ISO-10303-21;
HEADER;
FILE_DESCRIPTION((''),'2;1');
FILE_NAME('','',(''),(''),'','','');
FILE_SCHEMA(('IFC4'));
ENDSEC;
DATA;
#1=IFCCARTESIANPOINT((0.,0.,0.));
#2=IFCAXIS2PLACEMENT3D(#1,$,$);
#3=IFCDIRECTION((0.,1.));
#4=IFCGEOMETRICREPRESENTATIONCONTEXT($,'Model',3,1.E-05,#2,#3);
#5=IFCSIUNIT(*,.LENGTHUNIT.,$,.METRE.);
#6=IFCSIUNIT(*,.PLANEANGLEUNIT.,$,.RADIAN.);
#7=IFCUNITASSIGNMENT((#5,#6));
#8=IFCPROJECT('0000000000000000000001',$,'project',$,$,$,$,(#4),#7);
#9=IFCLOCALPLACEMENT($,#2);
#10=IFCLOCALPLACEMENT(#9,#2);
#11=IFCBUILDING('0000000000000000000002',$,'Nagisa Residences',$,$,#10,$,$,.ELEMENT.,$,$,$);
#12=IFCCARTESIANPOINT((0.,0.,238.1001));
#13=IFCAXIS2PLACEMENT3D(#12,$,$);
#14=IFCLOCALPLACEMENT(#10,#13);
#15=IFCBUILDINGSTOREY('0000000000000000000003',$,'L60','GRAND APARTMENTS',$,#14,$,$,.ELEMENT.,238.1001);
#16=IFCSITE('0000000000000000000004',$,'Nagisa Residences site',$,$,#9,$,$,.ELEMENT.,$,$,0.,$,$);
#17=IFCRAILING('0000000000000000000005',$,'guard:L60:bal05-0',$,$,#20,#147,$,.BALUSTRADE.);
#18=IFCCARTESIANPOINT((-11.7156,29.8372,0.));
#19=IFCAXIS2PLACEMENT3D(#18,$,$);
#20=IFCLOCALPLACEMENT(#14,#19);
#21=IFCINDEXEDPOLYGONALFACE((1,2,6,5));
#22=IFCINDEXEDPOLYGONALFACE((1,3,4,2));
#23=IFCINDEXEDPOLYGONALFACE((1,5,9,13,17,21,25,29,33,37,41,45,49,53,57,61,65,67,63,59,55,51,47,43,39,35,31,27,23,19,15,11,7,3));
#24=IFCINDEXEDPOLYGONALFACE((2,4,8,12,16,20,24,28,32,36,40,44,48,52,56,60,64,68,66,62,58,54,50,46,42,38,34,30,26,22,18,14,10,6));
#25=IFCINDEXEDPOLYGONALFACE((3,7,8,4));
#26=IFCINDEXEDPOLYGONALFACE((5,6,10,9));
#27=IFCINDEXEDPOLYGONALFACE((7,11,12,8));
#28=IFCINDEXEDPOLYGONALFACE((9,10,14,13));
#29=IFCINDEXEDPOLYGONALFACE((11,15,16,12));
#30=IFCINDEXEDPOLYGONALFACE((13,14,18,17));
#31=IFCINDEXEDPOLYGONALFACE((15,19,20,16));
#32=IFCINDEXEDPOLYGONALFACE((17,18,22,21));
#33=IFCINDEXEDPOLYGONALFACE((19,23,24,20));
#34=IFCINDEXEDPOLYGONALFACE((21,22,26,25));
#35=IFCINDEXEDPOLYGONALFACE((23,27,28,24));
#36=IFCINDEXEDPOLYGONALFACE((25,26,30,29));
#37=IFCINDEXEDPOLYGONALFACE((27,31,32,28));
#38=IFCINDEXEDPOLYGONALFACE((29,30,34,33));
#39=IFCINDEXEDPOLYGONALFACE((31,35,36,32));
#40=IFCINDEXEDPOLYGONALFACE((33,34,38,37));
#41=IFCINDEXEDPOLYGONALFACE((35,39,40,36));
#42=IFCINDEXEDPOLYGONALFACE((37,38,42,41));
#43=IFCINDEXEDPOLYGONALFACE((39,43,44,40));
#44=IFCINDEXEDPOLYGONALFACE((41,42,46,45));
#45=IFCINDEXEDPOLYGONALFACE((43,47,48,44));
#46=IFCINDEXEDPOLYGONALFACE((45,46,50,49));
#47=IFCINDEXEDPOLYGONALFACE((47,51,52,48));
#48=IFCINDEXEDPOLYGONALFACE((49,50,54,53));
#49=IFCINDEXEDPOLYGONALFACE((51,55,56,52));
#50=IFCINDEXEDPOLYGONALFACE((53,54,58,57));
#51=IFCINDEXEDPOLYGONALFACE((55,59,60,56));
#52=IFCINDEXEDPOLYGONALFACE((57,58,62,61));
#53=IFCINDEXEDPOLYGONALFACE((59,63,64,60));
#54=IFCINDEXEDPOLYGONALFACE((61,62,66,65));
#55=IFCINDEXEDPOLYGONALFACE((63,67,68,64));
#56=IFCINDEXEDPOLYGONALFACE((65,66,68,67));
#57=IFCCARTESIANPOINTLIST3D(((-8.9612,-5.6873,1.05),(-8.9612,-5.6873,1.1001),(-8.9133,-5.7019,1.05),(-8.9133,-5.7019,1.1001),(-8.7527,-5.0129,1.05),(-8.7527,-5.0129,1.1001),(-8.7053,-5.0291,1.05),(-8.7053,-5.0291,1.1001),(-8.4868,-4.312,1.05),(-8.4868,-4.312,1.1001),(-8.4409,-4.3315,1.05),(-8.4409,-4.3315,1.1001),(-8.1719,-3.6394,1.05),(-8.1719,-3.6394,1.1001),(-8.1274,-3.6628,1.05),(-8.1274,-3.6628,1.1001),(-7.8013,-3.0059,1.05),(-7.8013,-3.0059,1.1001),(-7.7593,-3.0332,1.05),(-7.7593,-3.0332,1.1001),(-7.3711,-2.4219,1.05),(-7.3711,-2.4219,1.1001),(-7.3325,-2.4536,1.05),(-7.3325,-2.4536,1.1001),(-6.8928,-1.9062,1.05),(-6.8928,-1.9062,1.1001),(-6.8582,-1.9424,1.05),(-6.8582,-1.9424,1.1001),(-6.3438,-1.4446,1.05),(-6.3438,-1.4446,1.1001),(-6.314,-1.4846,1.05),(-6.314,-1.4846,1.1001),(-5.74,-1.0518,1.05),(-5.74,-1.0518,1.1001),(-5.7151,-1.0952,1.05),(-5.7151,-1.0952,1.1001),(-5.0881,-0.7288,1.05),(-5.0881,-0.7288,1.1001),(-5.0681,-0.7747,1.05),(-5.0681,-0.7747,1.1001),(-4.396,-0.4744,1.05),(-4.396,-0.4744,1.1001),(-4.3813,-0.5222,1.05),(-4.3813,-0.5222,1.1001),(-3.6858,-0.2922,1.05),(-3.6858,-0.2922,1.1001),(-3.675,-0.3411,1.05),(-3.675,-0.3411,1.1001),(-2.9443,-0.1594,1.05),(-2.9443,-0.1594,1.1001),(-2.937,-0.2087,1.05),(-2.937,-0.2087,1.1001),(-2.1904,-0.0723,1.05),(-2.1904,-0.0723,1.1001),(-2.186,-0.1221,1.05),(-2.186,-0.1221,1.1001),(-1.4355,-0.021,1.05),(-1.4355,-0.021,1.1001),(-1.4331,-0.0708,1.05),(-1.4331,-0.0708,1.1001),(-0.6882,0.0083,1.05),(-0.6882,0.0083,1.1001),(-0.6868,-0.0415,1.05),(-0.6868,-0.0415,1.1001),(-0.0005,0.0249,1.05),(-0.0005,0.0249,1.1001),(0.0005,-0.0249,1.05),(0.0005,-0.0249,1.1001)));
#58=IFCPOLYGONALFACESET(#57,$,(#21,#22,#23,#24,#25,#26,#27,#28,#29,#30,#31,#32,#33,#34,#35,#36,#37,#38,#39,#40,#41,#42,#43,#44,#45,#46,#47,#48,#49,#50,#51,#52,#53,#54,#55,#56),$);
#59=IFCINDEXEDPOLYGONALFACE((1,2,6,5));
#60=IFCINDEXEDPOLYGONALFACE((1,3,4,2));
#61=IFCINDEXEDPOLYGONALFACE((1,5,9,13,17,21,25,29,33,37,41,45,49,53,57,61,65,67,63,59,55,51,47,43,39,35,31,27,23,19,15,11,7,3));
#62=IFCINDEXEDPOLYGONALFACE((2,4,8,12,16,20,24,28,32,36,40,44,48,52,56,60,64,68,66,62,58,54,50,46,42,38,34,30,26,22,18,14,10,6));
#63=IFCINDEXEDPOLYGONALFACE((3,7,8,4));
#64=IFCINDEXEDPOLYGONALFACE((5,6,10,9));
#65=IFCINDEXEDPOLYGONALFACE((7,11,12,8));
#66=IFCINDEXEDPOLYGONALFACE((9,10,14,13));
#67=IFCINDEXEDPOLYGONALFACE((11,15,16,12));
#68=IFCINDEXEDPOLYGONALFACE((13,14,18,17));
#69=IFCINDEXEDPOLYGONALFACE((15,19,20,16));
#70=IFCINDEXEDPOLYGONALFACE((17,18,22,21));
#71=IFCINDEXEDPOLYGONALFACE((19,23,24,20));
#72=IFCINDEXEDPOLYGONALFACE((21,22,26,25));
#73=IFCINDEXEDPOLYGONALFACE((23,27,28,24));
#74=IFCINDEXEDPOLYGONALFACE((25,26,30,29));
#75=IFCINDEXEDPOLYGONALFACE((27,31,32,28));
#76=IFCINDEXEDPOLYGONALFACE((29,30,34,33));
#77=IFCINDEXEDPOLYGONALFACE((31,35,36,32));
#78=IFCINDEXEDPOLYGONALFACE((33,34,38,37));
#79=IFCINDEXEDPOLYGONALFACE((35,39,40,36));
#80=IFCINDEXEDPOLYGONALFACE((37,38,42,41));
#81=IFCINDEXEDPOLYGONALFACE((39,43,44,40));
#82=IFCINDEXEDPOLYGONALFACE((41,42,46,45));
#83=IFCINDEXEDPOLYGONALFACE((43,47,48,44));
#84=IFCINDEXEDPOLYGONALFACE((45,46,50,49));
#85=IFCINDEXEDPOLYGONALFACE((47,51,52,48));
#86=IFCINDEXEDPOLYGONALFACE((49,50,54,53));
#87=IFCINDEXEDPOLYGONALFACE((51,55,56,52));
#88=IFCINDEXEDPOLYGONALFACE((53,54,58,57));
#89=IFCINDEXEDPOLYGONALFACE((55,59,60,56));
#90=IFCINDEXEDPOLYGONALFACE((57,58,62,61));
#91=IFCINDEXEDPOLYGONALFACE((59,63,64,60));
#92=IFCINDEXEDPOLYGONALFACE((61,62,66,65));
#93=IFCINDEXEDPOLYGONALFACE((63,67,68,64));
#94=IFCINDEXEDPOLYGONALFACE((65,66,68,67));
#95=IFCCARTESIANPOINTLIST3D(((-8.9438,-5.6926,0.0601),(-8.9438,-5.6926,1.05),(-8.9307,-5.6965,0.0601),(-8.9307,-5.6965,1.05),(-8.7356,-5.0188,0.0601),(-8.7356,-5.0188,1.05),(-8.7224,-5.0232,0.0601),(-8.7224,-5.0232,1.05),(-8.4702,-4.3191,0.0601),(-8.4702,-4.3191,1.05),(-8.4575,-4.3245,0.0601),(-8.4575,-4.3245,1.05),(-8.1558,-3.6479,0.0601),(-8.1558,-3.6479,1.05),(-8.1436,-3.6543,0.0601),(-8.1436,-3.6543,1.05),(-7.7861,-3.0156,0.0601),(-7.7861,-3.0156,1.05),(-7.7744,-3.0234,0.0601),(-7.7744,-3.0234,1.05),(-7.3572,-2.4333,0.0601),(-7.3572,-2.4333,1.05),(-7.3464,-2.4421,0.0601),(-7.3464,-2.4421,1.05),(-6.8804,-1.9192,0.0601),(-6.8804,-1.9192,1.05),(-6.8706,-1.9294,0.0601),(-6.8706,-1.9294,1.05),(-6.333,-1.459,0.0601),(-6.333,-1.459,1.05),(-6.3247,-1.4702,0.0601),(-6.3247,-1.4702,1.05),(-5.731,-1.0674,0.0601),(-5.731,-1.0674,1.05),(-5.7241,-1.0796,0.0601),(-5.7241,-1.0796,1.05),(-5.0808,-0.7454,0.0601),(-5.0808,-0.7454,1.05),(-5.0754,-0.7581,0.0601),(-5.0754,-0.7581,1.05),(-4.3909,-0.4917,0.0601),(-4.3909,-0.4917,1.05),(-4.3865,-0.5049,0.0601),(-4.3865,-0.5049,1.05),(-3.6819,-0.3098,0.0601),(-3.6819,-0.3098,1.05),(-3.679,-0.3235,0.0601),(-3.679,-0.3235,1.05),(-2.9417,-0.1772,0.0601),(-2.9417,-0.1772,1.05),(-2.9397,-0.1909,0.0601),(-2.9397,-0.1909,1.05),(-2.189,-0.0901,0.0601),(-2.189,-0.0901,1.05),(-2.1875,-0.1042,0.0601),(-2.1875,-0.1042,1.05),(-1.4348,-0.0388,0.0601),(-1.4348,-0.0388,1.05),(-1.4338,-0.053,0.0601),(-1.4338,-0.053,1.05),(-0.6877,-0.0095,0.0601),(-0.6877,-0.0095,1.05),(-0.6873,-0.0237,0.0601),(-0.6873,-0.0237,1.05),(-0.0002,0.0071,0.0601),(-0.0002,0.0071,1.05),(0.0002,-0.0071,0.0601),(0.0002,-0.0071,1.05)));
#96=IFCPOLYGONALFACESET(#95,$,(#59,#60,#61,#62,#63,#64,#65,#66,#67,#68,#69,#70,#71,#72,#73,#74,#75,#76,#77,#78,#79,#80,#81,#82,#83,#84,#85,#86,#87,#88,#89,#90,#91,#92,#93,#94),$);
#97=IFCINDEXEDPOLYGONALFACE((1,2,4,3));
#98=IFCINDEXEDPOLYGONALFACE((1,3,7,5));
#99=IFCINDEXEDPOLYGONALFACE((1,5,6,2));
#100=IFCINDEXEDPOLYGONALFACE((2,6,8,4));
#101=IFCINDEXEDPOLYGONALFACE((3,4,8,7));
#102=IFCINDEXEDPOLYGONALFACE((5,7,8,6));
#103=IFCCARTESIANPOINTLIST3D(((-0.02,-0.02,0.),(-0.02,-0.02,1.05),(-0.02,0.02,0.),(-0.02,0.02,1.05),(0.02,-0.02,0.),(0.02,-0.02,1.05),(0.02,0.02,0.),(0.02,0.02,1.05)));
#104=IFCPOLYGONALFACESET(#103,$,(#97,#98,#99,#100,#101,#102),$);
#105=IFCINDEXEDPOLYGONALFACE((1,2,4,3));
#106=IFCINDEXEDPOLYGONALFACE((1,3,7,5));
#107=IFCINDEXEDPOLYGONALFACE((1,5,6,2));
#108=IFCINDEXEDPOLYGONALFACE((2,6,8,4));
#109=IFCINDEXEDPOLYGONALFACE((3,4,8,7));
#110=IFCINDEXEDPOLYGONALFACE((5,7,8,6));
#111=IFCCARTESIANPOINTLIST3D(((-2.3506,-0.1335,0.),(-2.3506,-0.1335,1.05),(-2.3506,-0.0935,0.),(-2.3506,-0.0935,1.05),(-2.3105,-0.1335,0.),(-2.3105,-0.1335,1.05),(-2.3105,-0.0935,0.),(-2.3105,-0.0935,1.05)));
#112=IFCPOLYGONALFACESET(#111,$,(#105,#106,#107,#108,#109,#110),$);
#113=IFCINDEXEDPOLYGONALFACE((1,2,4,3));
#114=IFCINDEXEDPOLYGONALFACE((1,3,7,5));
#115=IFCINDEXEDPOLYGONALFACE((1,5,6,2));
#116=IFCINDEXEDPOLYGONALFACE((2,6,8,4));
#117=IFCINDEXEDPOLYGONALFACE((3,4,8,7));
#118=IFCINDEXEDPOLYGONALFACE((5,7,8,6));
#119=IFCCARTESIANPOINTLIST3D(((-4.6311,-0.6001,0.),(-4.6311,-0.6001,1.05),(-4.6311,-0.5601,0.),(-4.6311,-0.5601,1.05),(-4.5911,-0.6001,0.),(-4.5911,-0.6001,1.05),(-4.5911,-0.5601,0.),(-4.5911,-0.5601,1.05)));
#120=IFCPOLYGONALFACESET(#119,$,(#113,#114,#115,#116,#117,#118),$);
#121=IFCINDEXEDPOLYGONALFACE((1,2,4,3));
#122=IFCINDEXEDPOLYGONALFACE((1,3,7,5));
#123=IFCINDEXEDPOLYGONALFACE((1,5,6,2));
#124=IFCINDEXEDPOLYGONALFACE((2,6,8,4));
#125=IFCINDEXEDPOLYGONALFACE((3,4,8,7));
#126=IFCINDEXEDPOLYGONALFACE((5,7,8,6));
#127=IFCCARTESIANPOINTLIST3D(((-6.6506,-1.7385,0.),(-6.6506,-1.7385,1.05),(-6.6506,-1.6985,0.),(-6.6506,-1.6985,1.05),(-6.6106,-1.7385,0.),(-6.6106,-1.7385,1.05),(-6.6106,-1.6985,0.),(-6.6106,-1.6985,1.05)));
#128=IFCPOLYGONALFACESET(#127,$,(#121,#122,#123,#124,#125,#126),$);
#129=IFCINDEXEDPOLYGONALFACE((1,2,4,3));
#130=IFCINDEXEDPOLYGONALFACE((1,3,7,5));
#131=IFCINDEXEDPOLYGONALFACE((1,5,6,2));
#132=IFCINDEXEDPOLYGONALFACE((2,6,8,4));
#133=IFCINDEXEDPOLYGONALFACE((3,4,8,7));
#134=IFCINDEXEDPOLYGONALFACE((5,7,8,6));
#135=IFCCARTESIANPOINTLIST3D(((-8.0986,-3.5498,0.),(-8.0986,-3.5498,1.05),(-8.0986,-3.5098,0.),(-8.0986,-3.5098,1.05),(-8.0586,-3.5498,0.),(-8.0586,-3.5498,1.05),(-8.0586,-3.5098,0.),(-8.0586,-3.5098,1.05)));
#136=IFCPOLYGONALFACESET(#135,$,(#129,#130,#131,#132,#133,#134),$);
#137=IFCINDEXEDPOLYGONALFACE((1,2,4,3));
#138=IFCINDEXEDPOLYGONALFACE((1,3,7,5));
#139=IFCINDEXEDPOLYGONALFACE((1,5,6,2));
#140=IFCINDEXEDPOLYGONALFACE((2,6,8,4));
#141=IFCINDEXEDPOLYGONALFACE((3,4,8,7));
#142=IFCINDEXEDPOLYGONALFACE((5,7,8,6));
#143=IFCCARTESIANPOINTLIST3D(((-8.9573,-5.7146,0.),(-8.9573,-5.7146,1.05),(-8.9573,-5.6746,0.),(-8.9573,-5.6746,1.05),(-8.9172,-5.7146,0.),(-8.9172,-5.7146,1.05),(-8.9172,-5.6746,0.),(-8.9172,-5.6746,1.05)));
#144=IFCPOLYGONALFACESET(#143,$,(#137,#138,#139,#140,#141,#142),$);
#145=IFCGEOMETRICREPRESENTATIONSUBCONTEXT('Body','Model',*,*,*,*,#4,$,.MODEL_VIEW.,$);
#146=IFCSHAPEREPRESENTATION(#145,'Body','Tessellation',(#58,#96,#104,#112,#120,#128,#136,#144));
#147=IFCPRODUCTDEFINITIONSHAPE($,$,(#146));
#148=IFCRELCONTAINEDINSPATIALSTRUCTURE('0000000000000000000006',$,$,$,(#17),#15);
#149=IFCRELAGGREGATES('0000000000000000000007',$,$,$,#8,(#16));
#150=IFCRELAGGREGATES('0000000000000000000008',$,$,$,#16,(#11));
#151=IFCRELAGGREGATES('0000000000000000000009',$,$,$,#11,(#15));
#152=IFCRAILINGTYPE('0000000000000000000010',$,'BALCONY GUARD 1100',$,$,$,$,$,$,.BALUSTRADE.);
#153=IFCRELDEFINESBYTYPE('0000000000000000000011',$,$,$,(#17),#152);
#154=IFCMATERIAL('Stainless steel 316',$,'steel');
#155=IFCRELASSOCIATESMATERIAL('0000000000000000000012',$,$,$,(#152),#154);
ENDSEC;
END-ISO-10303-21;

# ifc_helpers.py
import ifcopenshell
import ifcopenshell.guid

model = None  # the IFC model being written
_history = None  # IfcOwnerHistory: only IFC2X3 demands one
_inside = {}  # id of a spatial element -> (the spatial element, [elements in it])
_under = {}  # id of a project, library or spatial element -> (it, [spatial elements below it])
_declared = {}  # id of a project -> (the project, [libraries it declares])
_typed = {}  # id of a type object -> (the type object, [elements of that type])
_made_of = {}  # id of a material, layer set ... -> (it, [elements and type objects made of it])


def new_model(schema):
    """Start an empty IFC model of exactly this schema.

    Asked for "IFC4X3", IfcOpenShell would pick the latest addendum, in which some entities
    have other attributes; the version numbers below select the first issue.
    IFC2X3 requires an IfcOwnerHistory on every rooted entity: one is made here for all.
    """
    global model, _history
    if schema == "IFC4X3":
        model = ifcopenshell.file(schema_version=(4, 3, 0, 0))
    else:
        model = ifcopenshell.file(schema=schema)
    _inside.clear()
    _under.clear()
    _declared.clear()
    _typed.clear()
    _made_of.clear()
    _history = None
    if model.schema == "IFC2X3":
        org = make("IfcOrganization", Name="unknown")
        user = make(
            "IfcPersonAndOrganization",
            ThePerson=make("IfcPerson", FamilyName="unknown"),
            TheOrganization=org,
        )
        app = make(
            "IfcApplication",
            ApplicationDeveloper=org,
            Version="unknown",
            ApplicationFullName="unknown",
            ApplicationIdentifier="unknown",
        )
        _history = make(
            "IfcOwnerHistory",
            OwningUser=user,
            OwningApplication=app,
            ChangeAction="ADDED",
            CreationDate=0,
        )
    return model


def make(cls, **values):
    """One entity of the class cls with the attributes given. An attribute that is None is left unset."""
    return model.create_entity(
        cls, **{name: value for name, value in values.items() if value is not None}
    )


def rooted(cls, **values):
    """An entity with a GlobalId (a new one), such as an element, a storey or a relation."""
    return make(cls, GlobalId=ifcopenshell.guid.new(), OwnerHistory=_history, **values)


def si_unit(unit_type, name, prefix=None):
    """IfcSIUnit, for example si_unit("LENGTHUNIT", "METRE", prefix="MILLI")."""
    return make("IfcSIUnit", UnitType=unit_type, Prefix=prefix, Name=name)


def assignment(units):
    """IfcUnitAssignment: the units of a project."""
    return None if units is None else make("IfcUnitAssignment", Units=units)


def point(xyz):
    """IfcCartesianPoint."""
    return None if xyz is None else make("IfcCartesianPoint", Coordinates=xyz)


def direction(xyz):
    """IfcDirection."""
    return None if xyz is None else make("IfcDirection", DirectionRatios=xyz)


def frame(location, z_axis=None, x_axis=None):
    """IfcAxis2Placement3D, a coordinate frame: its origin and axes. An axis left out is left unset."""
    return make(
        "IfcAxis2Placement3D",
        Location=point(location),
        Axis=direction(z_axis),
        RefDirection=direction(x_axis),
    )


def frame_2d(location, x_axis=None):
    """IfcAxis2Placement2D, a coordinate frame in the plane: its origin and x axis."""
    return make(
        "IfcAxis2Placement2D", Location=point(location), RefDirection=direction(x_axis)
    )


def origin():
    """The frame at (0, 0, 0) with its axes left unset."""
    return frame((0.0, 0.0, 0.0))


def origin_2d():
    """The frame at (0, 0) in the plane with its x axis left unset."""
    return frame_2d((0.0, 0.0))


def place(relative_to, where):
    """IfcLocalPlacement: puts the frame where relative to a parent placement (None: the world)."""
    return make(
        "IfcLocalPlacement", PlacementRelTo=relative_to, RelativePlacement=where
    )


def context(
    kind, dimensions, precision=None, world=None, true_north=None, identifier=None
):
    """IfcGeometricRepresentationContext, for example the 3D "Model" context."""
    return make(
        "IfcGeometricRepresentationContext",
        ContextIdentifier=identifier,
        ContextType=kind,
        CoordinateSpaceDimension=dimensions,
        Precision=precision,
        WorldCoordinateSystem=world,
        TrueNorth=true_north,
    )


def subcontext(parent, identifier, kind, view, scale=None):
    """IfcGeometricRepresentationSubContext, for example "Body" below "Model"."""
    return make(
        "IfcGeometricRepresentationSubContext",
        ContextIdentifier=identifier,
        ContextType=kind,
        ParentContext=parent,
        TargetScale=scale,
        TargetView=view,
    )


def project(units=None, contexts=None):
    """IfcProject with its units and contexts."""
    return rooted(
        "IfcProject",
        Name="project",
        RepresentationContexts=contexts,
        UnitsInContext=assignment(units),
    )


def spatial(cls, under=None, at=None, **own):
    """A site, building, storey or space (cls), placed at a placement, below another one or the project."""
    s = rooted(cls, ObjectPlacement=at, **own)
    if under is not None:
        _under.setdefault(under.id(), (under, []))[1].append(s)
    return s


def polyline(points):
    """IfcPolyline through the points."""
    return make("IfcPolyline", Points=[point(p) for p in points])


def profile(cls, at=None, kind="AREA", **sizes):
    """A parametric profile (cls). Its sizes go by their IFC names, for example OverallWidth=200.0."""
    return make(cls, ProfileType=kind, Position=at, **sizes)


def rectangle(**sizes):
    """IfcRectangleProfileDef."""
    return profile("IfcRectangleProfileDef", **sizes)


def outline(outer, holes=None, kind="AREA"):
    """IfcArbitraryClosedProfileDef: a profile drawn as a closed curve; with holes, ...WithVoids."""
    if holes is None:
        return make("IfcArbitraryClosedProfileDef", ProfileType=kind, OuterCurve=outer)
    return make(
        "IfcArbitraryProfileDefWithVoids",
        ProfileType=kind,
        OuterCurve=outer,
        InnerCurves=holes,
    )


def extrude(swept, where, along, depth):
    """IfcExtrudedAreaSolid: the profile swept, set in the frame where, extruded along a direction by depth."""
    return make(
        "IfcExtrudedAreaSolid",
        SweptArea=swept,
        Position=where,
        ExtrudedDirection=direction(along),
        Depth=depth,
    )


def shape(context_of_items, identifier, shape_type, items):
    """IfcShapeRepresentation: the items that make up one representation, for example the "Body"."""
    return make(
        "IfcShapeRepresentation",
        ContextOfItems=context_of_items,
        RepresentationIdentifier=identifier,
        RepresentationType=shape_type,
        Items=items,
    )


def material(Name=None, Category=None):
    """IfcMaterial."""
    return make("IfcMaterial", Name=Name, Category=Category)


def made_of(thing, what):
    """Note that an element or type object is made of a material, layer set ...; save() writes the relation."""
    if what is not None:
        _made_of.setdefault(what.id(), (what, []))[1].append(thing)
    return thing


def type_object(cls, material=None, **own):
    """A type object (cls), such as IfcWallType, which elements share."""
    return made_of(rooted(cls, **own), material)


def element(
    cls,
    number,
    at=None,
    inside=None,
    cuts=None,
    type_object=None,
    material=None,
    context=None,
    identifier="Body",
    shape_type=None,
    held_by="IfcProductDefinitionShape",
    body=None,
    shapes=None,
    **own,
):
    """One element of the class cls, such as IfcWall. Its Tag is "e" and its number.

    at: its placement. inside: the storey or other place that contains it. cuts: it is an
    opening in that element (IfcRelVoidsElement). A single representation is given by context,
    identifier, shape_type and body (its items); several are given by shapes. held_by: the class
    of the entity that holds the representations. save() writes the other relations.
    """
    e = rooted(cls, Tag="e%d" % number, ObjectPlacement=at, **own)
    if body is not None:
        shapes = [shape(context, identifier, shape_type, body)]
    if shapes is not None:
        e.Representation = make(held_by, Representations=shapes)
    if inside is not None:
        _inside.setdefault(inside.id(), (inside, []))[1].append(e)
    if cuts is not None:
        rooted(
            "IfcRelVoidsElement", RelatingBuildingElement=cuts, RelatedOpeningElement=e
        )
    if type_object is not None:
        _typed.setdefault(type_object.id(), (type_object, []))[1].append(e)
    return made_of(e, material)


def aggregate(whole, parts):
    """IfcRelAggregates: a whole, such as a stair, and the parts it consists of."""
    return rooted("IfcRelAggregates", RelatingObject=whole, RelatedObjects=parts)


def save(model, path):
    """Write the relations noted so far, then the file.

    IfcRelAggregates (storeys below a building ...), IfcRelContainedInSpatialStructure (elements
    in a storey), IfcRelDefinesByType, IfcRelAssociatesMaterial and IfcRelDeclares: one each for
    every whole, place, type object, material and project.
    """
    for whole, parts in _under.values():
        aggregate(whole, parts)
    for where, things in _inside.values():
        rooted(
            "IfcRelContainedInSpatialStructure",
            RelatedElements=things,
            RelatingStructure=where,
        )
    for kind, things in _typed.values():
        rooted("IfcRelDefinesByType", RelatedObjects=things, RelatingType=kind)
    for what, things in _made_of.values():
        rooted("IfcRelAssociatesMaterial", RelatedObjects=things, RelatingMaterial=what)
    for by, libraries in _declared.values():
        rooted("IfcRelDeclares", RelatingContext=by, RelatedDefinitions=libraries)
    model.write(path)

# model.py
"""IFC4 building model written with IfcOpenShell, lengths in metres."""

from ifc_helpers import new_model, si_unit, direction, frame, origin, origin_2d, place, context, subcontext, project, spatial, polyline, rectangle, outline, extrude, material, type_object, element, save


model = new_model("IFC4")

# Units and contexts
model_context = context("Model", 3, precision=1e-05, world=origin(), true_north=direction((0.0, 1.0)))
body_context = subcontext(model_context, "Body", "Model", "MODEL_VIEW")
ifc_project = project(units=[si_unit("LENGTHUNIT", "METRE"), si_unit("PLANEANGLEUNIT", "RADIAN")], contexts=[model_context])

# Site, building, storey
site_placement = place(None, origin())
site = spatial("IfcSite", under=ifc_project, at=site_placement, Name="Nagisa Residences site", CompositionType="ELEMENT", RefElevation=0.0)
building_placement = place(site_placement, origin())
building = spatial("IfcBuilding", under=site, at=building_placement, Name="Nagisa Residences", CompositionType="ELEMENT")
storey_placement = place(building_placement, frame((0.0, 0.0, 238.1001)))
storey = spatial("IfcBuildingStorey", under=building, at=storey_placement, Name="L60", Description="GRAND APARTMENTS", CompositionType="ELEMENT", Elevation=238.1001)

# Railing
ifc_material_1 = material(Name="Stainless steel 316", Category="steel")
railing_type = type_object("IfcRailingType", Name="BALCONY GUARD 1100", PredefinedType="BALUSTRADE", material=ifc_material_1)
railing_1_placement = place(storey_placement, frame((-11.7156, 29.8372, 0.0)))
element("IfcRailing", 1, at=railing_1_placement, inside=storey, type_object=railing_type, Name="guard:L60:bal05-0", PredefinedType="BALUSTRADE", context=body_context, shape_type="SweptSolid", body=[
    extrude(outline(polyline([(-0.6868, -0.0415), (0.0005, -0.0249), (-0.0005, 0.0249), (-0.6882, 0.0083), (-1.4355, -0.021), (-2.1904, -0.0723), (-2.9443, -0.1594), (-3.6858, -0.2922), (-4.396, -0.4744), (-5.0881, -0.7288), (-5.74, -1.0518), (-6.3438, -1.4446), (-6.8928, -1.9062), (-7.3711, -2.4219), (-7.8013, -3.0059), (-8.1719, -3.6394), (-8.4868, -4.312), (-8.7527, -5.0129), (-8.9612, -5.6873), (-8.9133, -5.7019), (-8.7053, -5.0291), (-8.4409, -4.3315), (-8.1274, -3.6628), (-7.7593, -3.0332), (-7.3325, -2.4536), (-6.8582, -1.9424), (-6.314, -1.4846), (-5.7151, -1.0952), (-5.0681, -0.7747), (-4.3813, -0.5222), (-3.675, -0.3411), (-2.937, -0.2087), (-2.186, -0.1221), (-1.4331, -0.0708), (-0.6868, -0.0415)])), frame((0.0, 0.0, 1.05)), (0.0, 0.0, 1.0), 0.05),
    extrude(outline(polyline([(-0.6873, -0.0237), (0.0002, -0.0071), (-0.0002, 0.0071), (-0.6877, -0.0095), (-1.4348, -0.0388), (-2.189, -0.0901), (-2.9417, -0.1772), (-3.6819, -0.3098), (-4.3909, -0.4917), (-5.0808, -0.7454), (-5.731, -1.0674), (-6.333, -1.459), (-6.8804, -1.9192), (-7.3572, -2.4333), (-7.7861, -3.0156), (-8.1558, -3.6479), (-8.4702, -4.3191), (-8.7356, -5.0188), (-8.9438, -5.6926), (-8.9307, -5.6965), (-8.7224, -5.0232), (-8.4575, -4.3245), (-8.1436, -3.6543), (-7.7744, -3.0234), (-7.3464, -2.4421), (-6.8706, -1.9294), (-6.3247, -1.4702), (-5.7241, -1.0796), (-5.0754, -0.7581), (-4.3865, -0.5049), (-3.679, -0.3235), (-2.9397, -0.1909), (-2.1875, -0.1042), (-1.4338, -0.053), (-0.6873, -0.0237)])), frame((0.0, 0.0, 0.0601)), (0.0, 0.0, 1.0), 0.99),
    extrude(rectangle(XDim=0.04, YDim=0.04, at=origin_2d()), origin(), (0.0, 0.0, 1.0), 1.05),
    extrude(rectangle(XDim=0.04, YDim=0.04, at=origin_2d()), frame((-2.3306, -0.1135, 0.0)), (0.0, 0.0, 1.0), 1.05),
    extrude(rectangle(XDim=0.04, YDim=0.04, at=origin_2d()), frame((-4.6111, -0.5801, 0.0)), (0.0, 0.0, 1.0), 1.05),
    extrude(rectangle(XDim=0.04, YDim=0.04, at=origin_2d()), frame((-6.6306, -1.7185, 0.0)), (0.0, 0.0, 1.0), 1.05),
    extrude(rectangle(XDim=0.04, YDim=0.04, at=origin_2d()), frame((-8.0786, -3.5298, 0.0)), (0.0, 0.0, 1.0), 1.05),
    extrude(rectangle(XDim=0.04, YDim=0.04, at=origin_2d()), frame((-8.9373, -5.6946, 0.0)), (0.0, 0.0, 1.0), 1.05),
])

save(model, "model.ifc")
